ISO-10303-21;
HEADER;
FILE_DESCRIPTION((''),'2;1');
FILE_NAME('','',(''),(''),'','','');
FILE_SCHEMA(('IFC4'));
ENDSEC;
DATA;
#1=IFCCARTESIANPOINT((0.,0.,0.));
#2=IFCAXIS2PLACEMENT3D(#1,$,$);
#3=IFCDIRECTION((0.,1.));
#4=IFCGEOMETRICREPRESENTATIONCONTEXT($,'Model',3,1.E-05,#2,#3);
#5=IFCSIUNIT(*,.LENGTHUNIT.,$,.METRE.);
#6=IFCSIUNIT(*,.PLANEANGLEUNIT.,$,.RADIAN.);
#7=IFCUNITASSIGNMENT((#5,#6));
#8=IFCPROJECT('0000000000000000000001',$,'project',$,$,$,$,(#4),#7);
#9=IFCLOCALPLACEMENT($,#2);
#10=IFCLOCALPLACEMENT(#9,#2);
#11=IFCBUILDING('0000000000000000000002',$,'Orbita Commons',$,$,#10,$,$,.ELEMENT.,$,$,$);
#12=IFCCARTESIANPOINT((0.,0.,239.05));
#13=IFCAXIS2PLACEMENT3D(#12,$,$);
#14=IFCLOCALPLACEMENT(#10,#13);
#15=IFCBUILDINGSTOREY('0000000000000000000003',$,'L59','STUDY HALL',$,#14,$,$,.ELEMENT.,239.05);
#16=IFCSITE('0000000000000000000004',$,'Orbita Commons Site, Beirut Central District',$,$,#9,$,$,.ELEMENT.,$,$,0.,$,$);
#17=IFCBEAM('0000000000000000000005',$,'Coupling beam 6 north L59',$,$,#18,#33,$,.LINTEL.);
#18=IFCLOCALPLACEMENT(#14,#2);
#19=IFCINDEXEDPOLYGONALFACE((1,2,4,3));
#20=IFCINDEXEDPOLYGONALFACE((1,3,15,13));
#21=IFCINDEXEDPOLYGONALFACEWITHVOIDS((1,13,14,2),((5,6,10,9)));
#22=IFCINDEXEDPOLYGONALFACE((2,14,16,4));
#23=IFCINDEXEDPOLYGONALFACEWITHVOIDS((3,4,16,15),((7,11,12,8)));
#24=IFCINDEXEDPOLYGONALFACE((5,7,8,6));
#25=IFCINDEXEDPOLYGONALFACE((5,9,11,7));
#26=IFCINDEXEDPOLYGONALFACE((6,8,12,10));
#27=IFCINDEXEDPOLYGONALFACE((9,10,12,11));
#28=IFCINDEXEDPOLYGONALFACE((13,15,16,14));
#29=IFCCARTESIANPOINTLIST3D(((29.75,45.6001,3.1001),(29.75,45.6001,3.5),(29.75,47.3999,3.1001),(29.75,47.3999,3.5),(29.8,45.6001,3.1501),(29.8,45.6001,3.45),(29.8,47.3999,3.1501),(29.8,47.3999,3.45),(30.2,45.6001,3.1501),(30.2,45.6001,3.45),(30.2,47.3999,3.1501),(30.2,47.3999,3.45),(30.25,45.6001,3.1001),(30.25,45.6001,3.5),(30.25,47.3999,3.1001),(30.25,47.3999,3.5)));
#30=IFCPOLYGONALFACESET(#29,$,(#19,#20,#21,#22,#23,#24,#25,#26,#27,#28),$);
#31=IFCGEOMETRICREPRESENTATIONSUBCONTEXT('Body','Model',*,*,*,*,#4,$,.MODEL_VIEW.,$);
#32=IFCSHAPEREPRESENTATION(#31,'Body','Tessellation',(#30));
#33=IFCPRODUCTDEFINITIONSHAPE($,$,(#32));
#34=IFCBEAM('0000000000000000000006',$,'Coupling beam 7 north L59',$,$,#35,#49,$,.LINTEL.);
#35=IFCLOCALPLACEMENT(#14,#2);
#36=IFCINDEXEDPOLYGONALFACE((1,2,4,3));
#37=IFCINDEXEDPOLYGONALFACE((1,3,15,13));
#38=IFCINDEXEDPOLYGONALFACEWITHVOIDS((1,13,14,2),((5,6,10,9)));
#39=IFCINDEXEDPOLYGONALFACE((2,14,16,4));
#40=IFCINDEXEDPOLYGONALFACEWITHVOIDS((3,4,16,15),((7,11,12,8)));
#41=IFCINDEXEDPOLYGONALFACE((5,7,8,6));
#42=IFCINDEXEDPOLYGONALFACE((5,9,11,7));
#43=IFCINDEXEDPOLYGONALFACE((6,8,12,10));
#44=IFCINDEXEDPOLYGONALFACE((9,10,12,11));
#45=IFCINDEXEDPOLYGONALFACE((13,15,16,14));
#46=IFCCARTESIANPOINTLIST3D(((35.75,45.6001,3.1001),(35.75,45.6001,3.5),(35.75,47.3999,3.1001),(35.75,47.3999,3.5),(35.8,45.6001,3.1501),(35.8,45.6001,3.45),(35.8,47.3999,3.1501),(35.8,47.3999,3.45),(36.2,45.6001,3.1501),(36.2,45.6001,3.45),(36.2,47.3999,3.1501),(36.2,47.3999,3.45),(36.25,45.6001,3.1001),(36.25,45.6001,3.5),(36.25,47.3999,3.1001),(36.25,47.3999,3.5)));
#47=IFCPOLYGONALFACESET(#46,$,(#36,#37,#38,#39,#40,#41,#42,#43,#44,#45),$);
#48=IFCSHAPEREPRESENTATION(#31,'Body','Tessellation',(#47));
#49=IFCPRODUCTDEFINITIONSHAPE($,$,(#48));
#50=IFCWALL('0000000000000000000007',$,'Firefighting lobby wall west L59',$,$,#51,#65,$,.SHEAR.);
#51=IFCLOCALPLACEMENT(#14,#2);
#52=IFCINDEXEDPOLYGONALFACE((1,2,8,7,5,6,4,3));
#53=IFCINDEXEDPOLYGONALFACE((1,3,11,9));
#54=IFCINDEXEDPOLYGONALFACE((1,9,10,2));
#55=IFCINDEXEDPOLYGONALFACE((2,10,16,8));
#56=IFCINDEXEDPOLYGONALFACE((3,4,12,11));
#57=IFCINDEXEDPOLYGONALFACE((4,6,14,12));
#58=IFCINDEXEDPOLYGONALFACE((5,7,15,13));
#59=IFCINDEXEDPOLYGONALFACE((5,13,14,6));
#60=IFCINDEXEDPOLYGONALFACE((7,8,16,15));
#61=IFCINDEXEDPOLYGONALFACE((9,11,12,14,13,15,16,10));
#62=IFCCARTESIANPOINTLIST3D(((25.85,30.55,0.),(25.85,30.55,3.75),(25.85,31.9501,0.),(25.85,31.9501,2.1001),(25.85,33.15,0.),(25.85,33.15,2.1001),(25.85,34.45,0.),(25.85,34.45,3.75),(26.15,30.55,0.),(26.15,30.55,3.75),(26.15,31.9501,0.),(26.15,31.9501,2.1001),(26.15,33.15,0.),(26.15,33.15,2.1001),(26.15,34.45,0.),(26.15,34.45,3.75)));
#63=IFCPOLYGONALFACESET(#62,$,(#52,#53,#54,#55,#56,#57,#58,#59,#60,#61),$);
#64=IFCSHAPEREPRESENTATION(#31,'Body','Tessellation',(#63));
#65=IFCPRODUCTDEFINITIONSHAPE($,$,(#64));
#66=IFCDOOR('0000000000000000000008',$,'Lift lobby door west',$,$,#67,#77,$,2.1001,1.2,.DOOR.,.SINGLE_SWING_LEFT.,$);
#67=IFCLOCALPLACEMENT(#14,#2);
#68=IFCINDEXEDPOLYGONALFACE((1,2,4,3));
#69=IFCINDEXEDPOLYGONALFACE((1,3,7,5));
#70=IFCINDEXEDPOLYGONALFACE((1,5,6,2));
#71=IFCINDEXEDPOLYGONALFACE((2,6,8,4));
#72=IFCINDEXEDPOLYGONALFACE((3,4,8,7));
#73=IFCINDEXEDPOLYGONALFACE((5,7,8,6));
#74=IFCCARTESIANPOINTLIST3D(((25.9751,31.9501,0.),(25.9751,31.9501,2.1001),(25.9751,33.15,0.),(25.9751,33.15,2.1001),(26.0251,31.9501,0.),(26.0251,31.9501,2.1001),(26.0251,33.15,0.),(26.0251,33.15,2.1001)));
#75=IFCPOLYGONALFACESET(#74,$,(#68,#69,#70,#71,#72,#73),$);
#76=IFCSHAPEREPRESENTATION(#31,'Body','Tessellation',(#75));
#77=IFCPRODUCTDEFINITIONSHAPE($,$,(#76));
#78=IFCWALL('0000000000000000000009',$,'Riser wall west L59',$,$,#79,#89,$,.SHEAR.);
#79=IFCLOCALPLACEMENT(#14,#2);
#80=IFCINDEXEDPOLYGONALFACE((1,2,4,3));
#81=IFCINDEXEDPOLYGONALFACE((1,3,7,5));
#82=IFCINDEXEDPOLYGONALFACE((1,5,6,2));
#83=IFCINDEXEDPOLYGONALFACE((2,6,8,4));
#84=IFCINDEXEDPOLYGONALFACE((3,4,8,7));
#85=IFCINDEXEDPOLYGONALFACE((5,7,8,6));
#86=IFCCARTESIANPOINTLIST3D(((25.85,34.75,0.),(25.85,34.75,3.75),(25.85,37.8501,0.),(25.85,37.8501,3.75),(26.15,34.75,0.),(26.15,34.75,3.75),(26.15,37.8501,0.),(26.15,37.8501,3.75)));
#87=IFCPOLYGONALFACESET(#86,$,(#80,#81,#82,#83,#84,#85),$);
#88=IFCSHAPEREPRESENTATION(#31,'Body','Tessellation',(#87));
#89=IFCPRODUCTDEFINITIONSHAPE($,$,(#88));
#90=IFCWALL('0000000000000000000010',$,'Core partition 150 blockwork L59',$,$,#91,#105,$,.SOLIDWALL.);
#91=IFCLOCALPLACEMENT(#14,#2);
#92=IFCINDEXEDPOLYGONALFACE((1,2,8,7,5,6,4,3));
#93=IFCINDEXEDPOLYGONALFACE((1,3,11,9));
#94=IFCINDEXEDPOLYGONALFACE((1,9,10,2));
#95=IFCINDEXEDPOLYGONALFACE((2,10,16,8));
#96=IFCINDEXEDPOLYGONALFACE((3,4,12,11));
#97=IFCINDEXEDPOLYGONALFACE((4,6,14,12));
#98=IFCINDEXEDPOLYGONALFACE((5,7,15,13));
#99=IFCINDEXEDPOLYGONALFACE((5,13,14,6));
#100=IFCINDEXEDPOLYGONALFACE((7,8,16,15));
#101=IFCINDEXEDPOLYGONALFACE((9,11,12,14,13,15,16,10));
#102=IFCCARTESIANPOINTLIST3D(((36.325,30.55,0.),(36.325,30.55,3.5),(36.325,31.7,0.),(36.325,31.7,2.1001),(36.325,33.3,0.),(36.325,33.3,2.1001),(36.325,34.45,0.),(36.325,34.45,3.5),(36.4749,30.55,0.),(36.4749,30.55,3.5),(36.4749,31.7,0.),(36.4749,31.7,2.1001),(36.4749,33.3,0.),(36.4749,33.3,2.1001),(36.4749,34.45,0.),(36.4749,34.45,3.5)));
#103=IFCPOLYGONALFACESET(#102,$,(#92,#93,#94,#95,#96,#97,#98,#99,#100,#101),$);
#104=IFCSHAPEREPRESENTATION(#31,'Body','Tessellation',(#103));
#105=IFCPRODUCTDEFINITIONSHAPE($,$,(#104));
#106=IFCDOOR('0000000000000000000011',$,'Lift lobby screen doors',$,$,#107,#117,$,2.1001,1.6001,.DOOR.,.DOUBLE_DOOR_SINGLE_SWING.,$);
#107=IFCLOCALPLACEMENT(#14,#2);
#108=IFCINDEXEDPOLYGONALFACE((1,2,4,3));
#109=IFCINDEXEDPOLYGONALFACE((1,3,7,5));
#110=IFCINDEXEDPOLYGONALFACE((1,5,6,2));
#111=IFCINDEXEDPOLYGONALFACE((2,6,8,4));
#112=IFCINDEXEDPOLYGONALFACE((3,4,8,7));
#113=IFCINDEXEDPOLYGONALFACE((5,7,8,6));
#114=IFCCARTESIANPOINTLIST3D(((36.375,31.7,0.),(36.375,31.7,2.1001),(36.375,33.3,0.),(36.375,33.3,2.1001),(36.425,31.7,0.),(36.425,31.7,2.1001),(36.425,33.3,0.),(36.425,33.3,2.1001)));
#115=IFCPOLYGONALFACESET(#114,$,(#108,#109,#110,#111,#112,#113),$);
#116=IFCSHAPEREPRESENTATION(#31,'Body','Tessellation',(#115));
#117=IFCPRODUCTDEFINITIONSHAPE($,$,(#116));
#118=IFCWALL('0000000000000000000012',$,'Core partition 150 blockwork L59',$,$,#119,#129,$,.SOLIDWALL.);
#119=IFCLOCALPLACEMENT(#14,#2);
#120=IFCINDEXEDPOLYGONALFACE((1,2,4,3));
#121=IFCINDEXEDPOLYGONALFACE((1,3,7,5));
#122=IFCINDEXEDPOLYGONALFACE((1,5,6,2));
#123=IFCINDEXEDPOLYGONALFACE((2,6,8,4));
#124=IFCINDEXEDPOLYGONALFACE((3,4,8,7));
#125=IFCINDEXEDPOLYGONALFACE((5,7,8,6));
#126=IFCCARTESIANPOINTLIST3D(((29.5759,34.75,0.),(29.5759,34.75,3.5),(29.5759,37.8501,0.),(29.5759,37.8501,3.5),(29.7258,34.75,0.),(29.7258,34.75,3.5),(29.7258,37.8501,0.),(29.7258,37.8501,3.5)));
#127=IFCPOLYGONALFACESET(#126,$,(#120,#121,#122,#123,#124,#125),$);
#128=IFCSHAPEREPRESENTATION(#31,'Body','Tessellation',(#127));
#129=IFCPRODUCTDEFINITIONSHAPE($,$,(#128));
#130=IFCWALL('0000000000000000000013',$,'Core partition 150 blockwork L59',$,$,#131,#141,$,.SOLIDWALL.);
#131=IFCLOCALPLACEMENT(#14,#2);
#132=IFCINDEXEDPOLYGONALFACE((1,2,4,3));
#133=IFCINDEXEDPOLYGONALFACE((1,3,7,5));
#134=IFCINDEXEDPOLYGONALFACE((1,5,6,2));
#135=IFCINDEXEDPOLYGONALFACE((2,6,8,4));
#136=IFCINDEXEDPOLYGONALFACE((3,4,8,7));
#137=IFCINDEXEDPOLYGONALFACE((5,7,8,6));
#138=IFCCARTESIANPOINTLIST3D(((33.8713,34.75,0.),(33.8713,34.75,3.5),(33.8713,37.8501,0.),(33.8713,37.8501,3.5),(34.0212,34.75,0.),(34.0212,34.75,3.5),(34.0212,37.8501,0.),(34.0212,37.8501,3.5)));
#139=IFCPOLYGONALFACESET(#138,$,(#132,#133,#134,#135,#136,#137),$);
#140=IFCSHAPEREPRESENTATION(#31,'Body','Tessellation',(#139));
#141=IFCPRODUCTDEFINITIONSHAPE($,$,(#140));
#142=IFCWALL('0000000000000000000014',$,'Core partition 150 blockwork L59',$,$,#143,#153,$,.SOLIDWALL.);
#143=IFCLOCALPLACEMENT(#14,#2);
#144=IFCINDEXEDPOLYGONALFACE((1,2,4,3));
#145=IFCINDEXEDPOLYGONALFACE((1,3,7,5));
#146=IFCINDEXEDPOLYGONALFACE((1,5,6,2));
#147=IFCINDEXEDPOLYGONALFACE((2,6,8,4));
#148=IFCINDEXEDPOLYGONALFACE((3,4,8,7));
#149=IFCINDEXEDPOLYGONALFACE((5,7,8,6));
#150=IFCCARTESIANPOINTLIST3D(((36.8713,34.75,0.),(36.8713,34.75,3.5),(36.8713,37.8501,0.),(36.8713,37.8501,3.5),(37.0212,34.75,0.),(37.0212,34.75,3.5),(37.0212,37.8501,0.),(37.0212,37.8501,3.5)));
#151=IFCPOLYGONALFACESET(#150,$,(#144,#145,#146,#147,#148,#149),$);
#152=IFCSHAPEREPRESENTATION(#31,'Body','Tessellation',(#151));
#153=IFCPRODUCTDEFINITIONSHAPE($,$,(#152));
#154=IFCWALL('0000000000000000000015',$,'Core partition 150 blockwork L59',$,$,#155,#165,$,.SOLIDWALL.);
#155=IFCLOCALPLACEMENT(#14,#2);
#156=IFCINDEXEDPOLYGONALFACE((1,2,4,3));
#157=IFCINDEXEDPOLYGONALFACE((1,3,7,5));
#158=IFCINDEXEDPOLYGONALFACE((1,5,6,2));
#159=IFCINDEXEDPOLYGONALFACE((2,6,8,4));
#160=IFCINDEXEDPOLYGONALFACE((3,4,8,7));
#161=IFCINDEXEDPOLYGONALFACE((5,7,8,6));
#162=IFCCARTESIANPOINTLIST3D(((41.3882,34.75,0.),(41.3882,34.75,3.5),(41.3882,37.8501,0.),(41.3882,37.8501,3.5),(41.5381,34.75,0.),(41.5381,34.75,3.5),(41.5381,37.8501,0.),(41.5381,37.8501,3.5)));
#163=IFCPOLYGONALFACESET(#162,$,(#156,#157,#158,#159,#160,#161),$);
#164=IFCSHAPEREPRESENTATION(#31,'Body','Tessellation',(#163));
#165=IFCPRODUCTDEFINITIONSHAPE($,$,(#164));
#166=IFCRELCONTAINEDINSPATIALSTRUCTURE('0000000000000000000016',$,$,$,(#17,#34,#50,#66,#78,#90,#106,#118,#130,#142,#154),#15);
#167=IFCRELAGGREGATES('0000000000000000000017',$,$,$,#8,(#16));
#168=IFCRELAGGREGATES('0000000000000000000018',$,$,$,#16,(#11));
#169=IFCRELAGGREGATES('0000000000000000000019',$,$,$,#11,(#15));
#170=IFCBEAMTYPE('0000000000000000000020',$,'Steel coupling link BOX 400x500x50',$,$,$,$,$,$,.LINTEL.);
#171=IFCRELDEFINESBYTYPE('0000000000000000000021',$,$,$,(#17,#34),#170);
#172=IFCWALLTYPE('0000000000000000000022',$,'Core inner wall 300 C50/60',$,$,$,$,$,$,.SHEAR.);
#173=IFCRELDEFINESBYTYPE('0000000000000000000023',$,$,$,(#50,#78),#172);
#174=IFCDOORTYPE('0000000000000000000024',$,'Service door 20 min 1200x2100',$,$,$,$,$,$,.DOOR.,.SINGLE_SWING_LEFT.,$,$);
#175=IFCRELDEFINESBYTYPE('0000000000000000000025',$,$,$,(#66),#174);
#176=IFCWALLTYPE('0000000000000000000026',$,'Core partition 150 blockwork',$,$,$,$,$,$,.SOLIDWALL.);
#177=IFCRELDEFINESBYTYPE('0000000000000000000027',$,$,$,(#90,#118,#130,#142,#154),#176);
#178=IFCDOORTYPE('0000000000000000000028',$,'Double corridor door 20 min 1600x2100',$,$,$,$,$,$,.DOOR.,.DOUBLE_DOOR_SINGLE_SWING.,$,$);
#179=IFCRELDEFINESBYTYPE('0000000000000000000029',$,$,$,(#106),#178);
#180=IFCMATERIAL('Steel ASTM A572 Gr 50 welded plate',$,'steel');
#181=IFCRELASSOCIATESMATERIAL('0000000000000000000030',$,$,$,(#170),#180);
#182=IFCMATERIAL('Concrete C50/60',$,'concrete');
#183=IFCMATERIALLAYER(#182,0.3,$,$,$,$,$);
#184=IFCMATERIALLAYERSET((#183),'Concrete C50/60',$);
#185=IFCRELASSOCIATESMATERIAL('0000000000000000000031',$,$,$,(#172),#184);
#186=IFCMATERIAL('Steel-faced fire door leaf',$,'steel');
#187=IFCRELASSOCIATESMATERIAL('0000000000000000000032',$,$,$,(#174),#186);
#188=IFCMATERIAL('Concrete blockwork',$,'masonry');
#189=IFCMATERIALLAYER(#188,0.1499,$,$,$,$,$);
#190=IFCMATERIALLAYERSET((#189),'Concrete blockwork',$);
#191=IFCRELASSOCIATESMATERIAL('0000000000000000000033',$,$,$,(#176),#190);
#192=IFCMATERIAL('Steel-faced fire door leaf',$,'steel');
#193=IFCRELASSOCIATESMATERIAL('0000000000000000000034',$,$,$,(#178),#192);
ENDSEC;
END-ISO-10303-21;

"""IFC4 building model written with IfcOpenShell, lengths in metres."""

from ifc_helpers import new_model, si_unit, direction, frame, frame_2d, origin, origin_2d, place, context, subcontext, project, spatial, rectangle, hollow_rectangle, extrude, material, layer, layer_set, material_profile, profile_set, type_object, element, fill, save


model = new_model("IFC4")

# Units and contexts
model_context = context("Model", 3, precision=1e-05, world=origin(), true_north=direction((0.0, 1.0)))
body_context = subcontext(model_context, "Body", "Model", "MODEL_VIEW")
ifc_project = project(units=[si_unit("LENGTHUNIT", "METRE"), si_unit("PLANEANGLEUNIT", "RADIAN")], contexts=[model_context])

# Site, building, storey
site_placement = place(None, origin())
site = spatial("IfcSite", under=ifc_project, at=site_placement, Name="Orbita Commons Site, Beirut Central District", CompositionType="ELEMENT", RefElevation=0.0)
building_placement = place(site_placement, origin())
building = spatial("IfcBuilding", under=site, at=building_placement, Name="Orbita Commons", CompositionType="ELEMENT")
storey_placement = place(building_placement, frame((0.0, 0.0, 239.05)))
storey = spatial("IfcBuildingStorey", under=building, at=storey_placement, Name="L59", Description="STUDY HALL", CompositionType="ELEMENT", Elevation=239.05)

# Beams
ifc_material_1 = material(Name="Steel ASTM A572 Gr 50 welded plate", Category="steel")
ifc_material_profile = material_profile(ifc_material_1, hollow_rectangle(XDim=0.5, YDim=0.3999, WallThickness=0.05, at=origin_2d()), Name="BOX 400x500x50")
ifc_profile_set = profile_set([ifc_material_profile], Name="Steel ASTM A572 Gr 50 welded plate")
beam_type = type_object("IfcBeamType", Name="Steel coupling link BOX 400x500x50", PredefinedType="LINTEL", material=ifc_profile_set)
for number, where, z_axis, x_axis, name in (
    (1, (30.0, 45.6001, 3.3), (0.0, 1.0, 0.0), (-1.0, 0.0, 0.0), "Coupling beam 6 north L59"),
    (2, (36.0, 45.6001, 3.3), (0.0, 1.0, 0.0), (-1.0, 0.0, 0.0), "Coupling beam 7 north L59"),
):
    element("IfcBeam", number, at=place(storey_placement, frame(where, z_axis=z_axis, x_axis=x_axis)), inside=storey, type_object=beam_type, Name=name, PredefinedType="LINTEL", context=body_context, shape_type="SweptSolid", body=[
        extrude(hollow_rectangle(XDim=0.5, YDim=0.3999, WallThickness=0.05, at=origin_2d()), origin(), (0.0, 0.0, 1.0), 1.7998),
    ])

# Wall, opening, door
ifc_material_2 = material(Name="Concrete C50/60", Category="concrete")
ifc_layer_1 = layer(ifc_material_2, 0.3)
ifc_layer_set_1 = layer_set([ifc_layer_1], Name="Concrete C50/60")
wall_type_1 = type_object("IfcWallType", Name="Core inner wall 300 C50/60", PredefinedType="SHEAR", material=ifc_layer_set_1)
wall_1_placement = place(storey_placement, frame((26.0, 30.55, 0.0), z_axis=(0.0, 0.0, 1.0), x_axis=(0.0, 1.0, 0.0)))
wall_1 = element("IfcWall", 3, at=wall_1_placement, inside=storey, type_object=wall_type_1, Name="Firefighting lobby wall west L59", PredefinedType="SHEAR", context=body_context, shape_type="SweptSolid", body=[
    extrude(rectangle(XDim=3.8999, YDim=0.3, at=frame_2d((1.95, 0.0))), origin(), (0.0, 0.0, 1.0), 3.75),
])
opening_1_placement = place(wall_1_placement, frame((1.3999, 0.0, 0.0)))
opening_1 = element("IfcOpeningElement", 4, at=opening_1_placement, cuts=wall_1, PredefinedType="OPENING", context=body_context, shape_type="SweptSolid", body=[
    extrude(rectangle(XDim=1.2, YDim=2.1001, at=frame_2d((0.6001, 1.05))), frame((0.0, 0.1599, 0.0), z_axis=(0.0, -1.0, 0.0), x_axis=(1.0, 0.0, 0.0)), (0.0, 0.0, 1.0), 0.3201),
])
ifc_material_3 = material(Name="Steel-faced fire door leaf", Category="steel")
door_type_1 = type_object("IfcDoorType", Name="Service door 20 min 1200x2100", OperationType="SINGLE_SWING_LEFT", PredefinedType="DOOR", material=ifc_material_3)
door_1_placement = place(opening_1_placement, origin())
door_1 = element("IfcDoor", 5, at=door_1_placement, inside=storey, type_object=door_type_1, Name="Lift lobby door west", OperationType="SINGLE_SWING_LEFT", OverallHeight=2.1001, OverallWidth=1.2, PredefinedType="DOOR", context=body_context, shape_type="SweptSolid", body=[
    extrude(rectangle(XDim=1.2, YDim=2.1001, at=frame_2d((0.6001, 1.05))), frame((0.0, 0.0249, 0.0), z_axis=(0.0, -1.0, 0.0), x_axis=(1.0, 0.0, 0.0)), (0.0, 0.0, 1.0), 0.05),
])
fill(opening_1, door_1)

# Wall
wall_2_placement = place(storey_placement, frame((26.0, 34.75, 0.0), z_axis=(0.0, 0.0, 1.0), x_axis=(0.0, 1.0, 0.0)))
element("IfcWall", 6, at=wall_2_placement, inside=storey, type_object=wall_type_1, Name="Riser wall west L59", PredefinedType="SHEAR", context=body_context, shape_type="SweptSolid", body=[
    extrude(rectangle(XDim=3.1001, YDim=0.3, at=frame_2d((1.55, 0.0))), origin(), (0.0, 0.0, 1.0), 3.75),
])

# Wall, opening, door
ifc_material_4 = material(Name="Concrete blockwork", Category="masonry")
ifc_layer_2 = layer(ifc_material_4, 0.1499)
ifc_layer_set_2 = layer_set([ifc_layer_2], Name="Concrete blockwork")
wall_type_2 = type_object("IfcWallType", Name="Core partition 150 blockwork", PredefinedType="SOLIDWALL", material=ifc_layer_set_2)
wall_3_placement = place(storey_placement, frame((36.3999, 30.55, 0.0), z_axis=(0.0, 0.0, 1.0), x_axis=(0.0, 1.0, 0.0)))
wall_3 = element("IfcWall", 7, at=wall_3_placement, inside=storey, type_object=wall_type_2, Name="Core partition 150 blockwork L59", PredefinedType="SOLIDWALL", context=body_context, shape_type="SweptSolid", body=[
    extrude(rectangle(XDim=3.8999, YDim=0.1499, at=frame_2d((1.95, 0.0))), origin(), (0.0, 0.0, 1.0), 3.5),
])
opening_2_placement = place(wall_3_placement, frame((1.1499, 0.0, 0.0)))
opening_2 = element("IfcOpeningElement", 8, at=opening_2_placement, cuts=wall_3, PredefinedType="OPENING", context=body_context, shape_type="SweptSolid", body=[
    extrude(rectangle(XDim=1.6001, YDim=2.1001, at=frame_2d((0.8, 1.05))), frame((0.0, 0.085, 0.0), z_axis=(0.0, -1.0, 0.0), x_axis=(1.0, 0.0, 0.0)), (0.0, 0.0, 1.0), 0.1699),
])
ifc_material_5 = material(Name="Steel-faced fire door leaf", Category="steel")
door_type_2 = type_object("IfcDoorType", Name="Double corridor door 20 min 1600x2100", OperationType="DOUBLE_DOOR_SINGLE_SWING", PredefinedType="DOOR", material=ifc_material_5)
door_2_placement = place(opening_2_placement, origin())
door_2 = element("IfcDoor", 9, at=door_2_placement, inside=storey, type_object=door_type_2, Name="Lift lobby screen doors", OperationType="DOUBLE_DOOR_SINGLE_SWING", OverallHeight=2.1001, OverallWidth=1.6001, PredefinedType="DOOR", context=body_context, shape_type="SweptSolid", body=[
    extrude(rectangle(XDim=1.6001, YDim=2.1001, at=frame_2d((0.8, 1.05))), frame((0.0, 0.0249, 0.0), z_axis=(0.0, -1.0, 0.0), x_axis=(1.0, 0.0, 0.0)), (0.0, 0.0, 1.0), 0.05),
])
fill(opening_2, door_2)

# Walls
for number, where, z_axis, x_axis, name in (
    (10, (29.6509, 34.75, 0.0), (0.0, 0.0, 1.0), (0.0, 1.0, 0.0), "Core partition 150 blockwork L59"),
    (11, (33.9463, 34.75, 0.0), (0.0, 0.0, 1.0), (0.0, 1.0, 0.0), "Core partition 150 blockwork L59"),
    (12, (36.9463, 34.75, 0.0), (0.0, 0.0, 1.0), (0.0, 1.0, 0.0), "Core partition 150 blockwork L59"),
    (13, (41.4631, 34.75, 0.0), (0.0, 0.0, 1.0), (0.0, 1.0, 0.0), "Core partition 150 blockwork L59"),
):
    element("IfcWall", number, at=place(storey_placement, frame(where, z_axis=z_axis, x_axis=x_axis)), inside=storey, type_object=wall_type_2, Name=name, PredefinedType="SOLIDWALL", context=body_context, shape_type="SweptSolid", body=[
        extrude(rectangle(XDim=3.1001, YDim=0.1499, at=frame_2d((1.55, 0.0))), origin(), (0.0, 0.0, 1.0), 3.5),
    ])

save(model, "model.ifc")
